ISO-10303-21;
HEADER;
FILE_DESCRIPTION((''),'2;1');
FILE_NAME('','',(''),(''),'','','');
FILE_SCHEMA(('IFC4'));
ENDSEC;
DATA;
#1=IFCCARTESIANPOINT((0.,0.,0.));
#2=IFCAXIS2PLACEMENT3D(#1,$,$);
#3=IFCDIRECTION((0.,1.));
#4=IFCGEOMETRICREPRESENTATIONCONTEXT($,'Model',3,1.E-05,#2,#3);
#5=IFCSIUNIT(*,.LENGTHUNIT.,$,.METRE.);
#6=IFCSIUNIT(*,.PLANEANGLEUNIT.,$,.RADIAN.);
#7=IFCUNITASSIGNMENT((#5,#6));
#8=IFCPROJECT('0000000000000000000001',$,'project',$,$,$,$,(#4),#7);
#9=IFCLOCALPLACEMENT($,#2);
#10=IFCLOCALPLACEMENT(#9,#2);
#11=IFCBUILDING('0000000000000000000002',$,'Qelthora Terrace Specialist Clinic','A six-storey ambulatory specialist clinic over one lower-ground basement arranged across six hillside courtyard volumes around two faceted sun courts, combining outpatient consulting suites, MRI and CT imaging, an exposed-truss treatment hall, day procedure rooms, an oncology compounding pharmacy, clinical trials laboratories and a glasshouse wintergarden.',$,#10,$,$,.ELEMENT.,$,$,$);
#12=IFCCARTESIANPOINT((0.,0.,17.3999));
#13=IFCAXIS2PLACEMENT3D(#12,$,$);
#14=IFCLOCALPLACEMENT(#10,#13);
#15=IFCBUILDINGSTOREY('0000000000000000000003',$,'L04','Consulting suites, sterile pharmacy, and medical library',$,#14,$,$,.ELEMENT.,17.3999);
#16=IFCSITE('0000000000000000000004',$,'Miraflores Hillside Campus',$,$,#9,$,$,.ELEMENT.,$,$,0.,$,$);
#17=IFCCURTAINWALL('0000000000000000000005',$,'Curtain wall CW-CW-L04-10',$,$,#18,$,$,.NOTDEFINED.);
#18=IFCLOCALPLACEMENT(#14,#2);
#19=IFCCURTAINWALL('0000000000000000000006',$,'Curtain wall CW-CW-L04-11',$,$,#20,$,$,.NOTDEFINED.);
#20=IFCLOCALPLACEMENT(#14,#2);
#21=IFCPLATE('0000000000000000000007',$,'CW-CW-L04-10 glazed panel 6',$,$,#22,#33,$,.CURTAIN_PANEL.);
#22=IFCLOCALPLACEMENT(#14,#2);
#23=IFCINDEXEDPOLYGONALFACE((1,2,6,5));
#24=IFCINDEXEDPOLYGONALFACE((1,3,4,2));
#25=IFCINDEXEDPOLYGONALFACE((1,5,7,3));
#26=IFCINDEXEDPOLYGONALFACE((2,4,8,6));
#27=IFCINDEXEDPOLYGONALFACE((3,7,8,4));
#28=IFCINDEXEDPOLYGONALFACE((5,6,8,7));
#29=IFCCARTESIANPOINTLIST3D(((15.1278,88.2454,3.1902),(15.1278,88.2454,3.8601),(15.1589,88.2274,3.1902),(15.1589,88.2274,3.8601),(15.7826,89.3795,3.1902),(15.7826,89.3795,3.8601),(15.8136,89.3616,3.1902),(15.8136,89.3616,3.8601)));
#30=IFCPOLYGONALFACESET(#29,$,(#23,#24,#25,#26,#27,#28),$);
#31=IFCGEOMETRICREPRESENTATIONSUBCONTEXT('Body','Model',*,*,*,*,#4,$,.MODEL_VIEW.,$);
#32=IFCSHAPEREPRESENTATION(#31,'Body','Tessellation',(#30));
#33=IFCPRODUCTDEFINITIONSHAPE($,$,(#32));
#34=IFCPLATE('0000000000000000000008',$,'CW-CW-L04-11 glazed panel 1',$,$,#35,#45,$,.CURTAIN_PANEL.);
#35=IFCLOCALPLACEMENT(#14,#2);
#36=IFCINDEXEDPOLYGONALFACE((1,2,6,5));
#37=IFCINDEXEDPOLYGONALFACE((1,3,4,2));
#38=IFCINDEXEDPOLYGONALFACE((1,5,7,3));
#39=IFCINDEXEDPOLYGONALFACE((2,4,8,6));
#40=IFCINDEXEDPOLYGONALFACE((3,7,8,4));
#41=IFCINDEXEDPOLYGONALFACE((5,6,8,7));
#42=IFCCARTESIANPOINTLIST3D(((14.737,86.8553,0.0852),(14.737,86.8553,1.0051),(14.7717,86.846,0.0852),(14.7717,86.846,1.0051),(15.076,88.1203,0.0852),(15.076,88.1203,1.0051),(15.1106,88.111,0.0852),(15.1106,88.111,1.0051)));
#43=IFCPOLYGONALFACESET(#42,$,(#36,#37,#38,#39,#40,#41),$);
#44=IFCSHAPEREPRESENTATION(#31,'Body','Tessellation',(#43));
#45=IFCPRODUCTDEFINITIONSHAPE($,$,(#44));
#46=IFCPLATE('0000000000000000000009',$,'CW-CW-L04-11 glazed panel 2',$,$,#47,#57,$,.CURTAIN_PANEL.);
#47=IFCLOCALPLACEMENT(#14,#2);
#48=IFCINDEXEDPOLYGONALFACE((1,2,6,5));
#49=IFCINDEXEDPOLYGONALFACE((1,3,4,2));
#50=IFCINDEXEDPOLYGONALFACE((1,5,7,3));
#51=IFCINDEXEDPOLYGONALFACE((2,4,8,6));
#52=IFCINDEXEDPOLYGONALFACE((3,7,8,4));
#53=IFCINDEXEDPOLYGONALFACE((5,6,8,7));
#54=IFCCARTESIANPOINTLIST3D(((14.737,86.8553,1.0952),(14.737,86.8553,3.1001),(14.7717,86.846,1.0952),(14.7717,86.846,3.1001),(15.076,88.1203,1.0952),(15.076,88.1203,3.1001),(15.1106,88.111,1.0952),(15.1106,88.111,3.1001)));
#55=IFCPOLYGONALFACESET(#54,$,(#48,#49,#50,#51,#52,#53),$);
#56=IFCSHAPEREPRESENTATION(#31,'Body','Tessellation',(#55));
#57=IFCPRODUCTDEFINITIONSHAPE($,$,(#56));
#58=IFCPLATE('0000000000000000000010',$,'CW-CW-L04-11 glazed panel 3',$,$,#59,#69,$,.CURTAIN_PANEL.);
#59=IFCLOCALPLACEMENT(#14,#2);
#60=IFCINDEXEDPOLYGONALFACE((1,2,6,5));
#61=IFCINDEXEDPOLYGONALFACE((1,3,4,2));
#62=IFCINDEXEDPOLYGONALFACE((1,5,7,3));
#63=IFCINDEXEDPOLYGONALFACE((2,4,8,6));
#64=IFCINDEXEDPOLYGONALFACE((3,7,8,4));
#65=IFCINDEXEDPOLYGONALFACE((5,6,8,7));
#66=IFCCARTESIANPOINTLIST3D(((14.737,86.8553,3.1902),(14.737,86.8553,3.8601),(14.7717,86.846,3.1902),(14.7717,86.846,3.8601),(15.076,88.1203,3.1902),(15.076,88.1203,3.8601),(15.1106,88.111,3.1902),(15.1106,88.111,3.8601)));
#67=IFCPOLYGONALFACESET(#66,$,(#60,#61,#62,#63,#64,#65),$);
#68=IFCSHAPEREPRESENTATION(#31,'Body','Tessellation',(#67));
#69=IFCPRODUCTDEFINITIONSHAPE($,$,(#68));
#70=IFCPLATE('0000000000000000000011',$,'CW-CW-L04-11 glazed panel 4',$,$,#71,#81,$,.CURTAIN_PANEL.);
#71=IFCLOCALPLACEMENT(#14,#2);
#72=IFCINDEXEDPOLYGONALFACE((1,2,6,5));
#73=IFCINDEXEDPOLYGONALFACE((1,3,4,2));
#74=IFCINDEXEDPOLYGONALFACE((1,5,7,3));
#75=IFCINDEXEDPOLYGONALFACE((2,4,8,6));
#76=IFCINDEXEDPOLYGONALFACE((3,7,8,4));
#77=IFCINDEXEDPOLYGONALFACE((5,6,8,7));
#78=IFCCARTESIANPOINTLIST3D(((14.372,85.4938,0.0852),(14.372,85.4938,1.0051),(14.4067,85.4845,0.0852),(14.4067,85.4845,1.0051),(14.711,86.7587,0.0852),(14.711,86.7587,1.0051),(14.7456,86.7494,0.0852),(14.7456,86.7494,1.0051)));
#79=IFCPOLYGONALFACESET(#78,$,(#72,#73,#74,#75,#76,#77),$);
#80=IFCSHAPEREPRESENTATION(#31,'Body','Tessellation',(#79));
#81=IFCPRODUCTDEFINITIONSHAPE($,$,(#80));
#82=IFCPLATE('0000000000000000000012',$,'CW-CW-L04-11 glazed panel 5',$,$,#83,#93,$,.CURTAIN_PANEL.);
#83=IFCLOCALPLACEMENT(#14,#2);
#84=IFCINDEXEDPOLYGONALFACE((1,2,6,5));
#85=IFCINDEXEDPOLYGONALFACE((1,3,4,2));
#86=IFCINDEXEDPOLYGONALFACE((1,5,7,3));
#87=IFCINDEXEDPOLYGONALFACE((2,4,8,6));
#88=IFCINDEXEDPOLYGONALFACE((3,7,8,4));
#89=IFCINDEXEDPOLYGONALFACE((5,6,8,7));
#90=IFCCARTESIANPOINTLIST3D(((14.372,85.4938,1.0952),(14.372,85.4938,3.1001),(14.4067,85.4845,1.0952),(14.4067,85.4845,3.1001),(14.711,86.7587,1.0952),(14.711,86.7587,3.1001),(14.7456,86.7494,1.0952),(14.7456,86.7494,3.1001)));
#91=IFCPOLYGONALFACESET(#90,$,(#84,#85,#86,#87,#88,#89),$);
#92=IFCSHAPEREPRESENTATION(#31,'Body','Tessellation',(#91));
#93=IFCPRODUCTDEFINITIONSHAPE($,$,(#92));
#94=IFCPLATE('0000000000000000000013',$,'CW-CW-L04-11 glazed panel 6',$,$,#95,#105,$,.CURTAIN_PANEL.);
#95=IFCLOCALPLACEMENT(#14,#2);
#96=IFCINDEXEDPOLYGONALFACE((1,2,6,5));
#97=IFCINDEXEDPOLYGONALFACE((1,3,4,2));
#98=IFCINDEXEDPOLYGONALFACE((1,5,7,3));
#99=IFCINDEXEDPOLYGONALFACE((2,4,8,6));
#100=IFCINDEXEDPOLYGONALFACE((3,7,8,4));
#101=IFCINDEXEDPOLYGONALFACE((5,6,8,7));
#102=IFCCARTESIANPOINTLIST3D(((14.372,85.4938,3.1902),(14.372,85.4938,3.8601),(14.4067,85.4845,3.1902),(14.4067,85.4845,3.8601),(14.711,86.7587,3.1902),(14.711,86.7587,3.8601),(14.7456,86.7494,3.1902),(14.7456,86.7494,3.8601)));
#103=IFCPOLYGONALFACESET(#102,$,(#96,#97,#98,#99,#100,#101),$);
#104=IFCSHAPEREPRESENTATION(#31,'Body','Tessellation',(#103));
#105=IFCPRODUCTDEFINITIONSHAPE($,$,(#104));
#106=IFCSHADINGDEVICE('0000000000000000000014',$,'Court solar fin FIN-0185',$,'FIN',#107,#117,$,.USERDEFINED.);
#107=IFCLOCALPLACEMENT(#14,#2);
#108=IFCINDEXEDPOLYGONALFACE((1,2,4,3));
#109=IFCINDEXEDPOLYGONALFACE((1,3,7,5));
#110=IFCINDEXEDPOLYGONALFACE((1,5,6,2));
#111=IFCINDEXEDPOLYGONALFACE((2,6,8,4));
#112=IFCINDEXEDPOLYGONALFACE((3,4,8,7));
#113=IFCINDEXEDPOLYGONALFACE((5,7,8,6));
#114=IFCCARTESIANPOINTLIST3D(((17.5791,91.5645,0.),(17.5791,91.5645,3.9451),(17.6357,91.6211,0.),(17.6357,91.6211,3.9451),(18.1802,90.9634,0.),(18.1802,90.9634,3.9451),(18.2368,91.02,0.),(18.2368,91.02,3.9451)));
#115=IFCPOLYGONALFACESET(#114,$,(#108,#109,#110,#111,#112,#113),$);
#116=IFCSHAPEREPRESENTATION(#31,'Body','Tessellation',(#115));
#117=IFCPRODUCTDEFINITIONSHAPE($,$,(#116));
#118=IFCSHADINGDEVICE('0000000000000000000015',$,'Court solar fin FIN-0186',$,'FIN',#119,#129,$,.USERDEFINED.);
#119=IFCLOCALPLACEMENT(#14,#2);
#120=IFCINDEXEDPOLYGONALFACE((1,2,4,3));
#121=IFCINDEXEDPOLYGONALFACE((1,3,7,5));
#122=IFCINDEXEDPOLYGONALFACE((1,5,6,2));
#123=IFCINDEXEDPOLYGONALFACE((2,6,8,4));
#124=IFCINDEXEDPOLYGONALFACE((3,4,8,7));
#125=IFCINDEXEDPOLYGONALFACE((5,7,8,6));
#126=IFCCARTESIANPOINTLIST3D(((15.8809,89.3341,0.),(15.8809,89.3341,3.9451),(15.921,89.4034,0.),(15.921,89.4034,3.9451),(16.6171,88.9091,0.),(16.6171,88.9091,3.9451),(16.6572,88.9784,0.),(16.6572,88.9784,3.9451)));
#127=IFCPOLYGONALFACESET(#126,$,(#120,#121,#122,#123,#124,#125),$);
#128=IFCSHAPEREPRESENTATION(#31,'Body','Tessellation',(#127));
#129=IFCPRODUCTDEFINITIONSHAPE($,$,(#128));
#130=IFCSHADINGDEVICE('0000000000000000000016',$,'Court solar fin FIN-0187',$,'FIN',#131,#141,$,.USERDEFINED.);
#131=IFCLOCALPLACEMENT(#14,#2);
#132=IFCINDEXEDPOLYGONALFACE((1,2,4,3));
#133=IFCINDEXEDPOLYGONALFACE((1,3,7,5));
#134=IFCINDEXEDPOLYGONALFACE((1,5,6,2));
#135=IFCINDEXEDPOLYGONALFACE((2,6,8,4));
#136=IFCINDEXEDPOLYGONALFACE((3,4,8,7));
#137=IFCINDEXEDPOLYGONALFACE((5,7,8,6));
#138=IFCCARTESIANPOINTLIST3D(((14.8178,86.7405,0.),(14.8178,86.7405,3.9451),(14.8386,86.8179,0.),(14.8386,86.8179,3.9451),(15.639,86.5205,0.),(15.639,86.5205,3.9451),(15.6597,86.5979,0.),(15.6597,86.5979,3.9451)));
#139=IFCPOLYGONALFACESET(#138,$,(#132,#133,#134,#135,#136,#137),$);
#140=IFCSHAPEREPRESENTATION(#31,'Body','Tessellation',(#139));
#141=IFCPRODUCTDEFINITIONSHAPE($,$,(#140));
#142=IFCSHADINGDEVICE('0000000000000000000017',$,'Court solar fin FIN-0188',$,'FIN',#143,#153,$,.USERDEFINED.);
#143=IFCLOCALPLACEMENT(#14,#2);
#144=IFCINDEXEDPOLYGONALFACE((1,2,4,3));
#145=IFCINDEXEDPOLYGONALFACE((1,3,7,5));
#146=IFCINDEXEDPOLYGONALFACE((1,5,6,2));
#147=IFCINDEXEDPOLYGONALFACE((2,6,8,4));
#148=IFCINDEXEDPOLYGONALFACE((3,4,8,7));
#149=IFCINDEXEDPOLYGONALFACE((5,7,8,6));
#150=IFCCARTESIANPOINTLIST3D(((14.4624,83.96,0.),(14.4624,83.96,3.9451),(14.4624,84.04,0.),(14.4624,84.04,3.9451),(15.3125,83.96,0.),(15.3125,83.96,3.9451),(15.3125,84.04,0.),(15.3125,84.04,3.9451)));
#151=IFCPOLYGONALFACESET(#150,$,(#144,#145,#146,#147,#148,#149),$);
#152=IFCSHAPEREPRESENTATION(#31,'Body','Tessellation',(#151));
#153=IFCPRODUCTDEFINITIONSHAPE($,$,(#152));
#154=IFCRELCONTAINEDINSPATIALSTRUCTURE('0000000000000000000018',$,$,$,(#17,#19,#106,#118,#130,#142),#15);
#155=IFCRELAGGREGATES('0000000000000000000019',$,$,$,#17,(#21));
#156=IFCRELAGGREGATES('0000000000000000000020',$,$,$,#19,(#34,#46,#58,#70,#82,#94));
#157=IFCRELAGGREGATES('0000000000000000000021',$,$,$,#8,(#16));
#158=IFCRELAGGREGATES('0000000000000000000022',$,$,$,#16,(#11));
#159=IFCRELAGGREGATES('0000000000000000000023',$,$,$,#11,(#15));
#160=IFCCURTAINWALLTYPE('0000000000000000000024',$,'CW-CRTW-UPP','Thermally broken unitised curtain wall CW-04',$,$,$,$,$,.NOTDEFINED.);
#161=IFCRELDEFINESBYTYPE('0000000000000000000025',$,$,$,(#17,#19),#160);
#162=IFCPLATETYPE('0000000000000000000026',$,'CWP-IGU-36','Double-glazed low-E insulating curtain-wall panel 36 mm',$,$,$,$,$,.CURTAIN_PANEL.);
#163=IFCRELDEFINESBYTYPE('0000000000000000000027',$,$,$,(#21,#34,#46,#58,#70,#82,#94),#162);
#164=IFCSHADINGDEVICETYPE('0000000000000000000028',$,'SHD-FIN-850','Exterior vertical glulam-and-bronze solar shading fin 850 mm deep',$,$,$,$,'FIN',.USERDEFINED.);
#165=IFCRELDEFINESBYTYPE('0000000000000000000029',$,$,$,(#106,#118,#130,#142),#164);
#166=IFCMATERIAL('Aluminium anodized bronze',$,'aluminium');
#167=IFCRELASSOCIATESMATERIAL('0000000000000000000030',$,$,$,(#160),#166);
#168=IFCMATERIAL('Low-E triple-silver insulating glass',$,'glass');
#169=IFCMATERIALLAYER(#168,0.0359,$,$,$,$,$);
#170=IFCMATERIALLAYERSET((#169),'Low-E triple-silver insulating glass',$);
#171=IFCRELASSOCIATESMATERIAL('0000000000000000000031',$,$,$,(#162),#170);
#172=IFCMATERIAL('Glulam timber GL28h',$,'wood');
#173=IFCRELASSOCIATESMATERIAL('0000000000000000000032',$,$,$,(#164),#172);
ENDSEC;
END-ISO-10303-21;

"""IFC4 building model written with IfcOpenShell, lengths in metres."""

from ifc_helpers import new_model, si_unit, direction, frame, origin, origin_2d, place, context, subcontext, project, spatial, rectangle, extrude, material, layer, layer_set, type_object, element, aggregate, save


model = new_model("IFC4")

# Units and contexts
model_context = context("Model", 3, precision=1e-05, world=origin(), true_north=direction((0.0, 1.0)))
body_context = subcontext(model_context, "Body", "Model", "MODEL_VIEW")
ifc_project = project(units=[si_unit("LENGTHUNIT", "METRE"), si_unit("PLANEANGLEUNIT", "RADIAN")], contexts=[model_context])

# Site, building, storey
site_placement = place(None, origin())
site = spatial("IfcSite", under=ifc_project, at=site_placement, Name="Miraflores Hillside Campus", CompositionType="ELEMENT", RefElevation=0.0)
building_placement = place(site_placement, origin())
building = spatial("IfcBuilding", under=site, at=building_placement, Name="Qelthora Terrace Specialist Clinic", Description="A six-storey ambulatory specialist clinic over one lower-ground basement arranged across six hillside courtyard volumes around two faceted sun courts, combining outpatient consulting suites, MRI and CT imaging, an exposed-truss treatment hall, day procedure rooms, an oncology compounding pharmacy, clinical trials laboratories and a glasshouse wintergarden.", CompositionType="ELEMENT")
storey_placement = place(building_placement, frame((0.0, 0.0, 17.3999)))
storey = spatial("IfcBuildingStorey", under=building, at=storey_placement, Name="L04", Description="Consulting suites, sterile pharmacy, and medical library", CompositionType="ELEMENT", Elevation=17.3999)

# Curtain walls
ifc_material_1 = material(Name="Aluminium anodized bronze", Category="aluminium")
curtain_wall_type = type_object("IfcCurtainWallType", Name="CW-CRTW-UPP", Description="Thermally broken unitised curtain wall CW-04", PredefinedType="NOTDEFINED", material=ifc_material_1)
curtain_wall_1_placement = place(storey_placement, origin())
curtain_wall_1 = element("IfcCurtainWall", 1, at=curtain_wall_1_placement, inside=storey, type_object=curtain_wall_type, Name="Curtain wall CW-CW-L04-10", PredefinedType="NOTDEFINED")
curtain_wall_2_placement = place(storey_placement, origin())
curtain_wall_2 = element("IfcCurtainWall", 2, at=curtain_wall_2_placement, inside=storey, type_object=curtain_wall_type, Name="Curtain wall CW-CW-L04-11", PredefinedType="NOTDEFINED")

# Plates
ifc_material_2 = material(Name="Low-E triple-silver insulating glass", Category="glass")
ifc_layer = layer(ifc_material_2, 0.0359)
ifc_layer_set = layer_set([ifc_layer], Name="Low-E triple-silver insulating glass")
plate_type = type_object("IfcPlateType", Name="CWP-IGU-36", Description="Double-glazed low-E insulating curtain-wall panel 36 mm", PredefinedType="CURTAIN_PANEL", material=ifc_layer_set)
plate_1_placement = place(storey_placement, frame((15.4707, 88.8035, 3.1902), z_axis=(0.0, 0.0, 1.0), x_axis=(-0.5, -0.866025, 0.0)))
plate_1 = element("IfcPlate", 3, at=plate_1_placement, type_object=plate_type, Name="CW-CW-L04-10 glazed panel 6", PredefinedType="CURTAIN_PANEL", context=body_context, shape_type="SweptSolid", body=[
    extrude(rectangle(XDim=1.3096, YDim=0.0359, at=origin_2d()), origin(), (0.0, 0.0, 1.0), 0.6699),
])
aggregate(curtain_wall_1, [plate_1])
plate_2_placement = place(storey_placement, frame((14.9238, 87.4832, 0.0852), z_axis=(0.0, 0.0, 1.0), x_axis=(-0.258821, -0.965925, 0.0)))
plate_2 = element("IfcPlate", 4, at=plate_2_placement, type_object=plate_type, Name="CW-CW-L04-11 glazed panel 1", PredefinedType="CURTAIN_PANEL", context=body_context, shape_type="SweptSolid", body=[
    extrude(rectangle(XDim=1.3096, YDim=0.0359, at=origin_2d()), origin(), (0.0, 0.0, 1.0), 0.9199),
])
plate_3_placement = place(storey_placement, frame((14.9238, 87.4832, 1.0952), z_axis=(0.0, 0.0, 1.0), x_axis=(-0.258821, -0.965925, 0.0)))
plate_3 = element("IfcPlate", 5, at=plate_3_placement, type_object=plate_type, Name="CW-CW-L04-11 glazed panel 2", PredefinedType="CURTAIN_PANEL", context=body_context, shape_type="SweptSolid", body=[
    extrude(rectangle(XDim=1.3096, YDim=0.0359, at=origin_2d()), origin(), (0.0, 0.0, 1.0), 2.0049),
])
plate_4_placement = place(storey_placement, frame((14.9238, 87.4832, 3.1902), z_axis=(0.0, 0.0, 1.0), x_axis=(-0.258821, -0.965925, 0.0)))
plate_4 = element("IfcPlate", 6, at=plate_4_placement, type_object=plate_type, Name="CW-CW-L04-11 glazed panel 3", PredefinedType="CURTAIN_PANEL", context=body_context, shape_type="SweptSolid", body=[
    extrude(rectangle(XDim=1.3096, YDim=0.0359, at=origin_2d()), origin(), (0.0, 0.0, 1.0), 0.6699),
])
plate_5_placement = place(storey_placement, frame((14.5588, 86.1216, 0.0852), z_axis=(0.0, 0.0, 1.0), x_axis=(-0.258821, -0.965925, 0.0)))
plate_5 = element("IfcPlate", 7, at=plate_5_placement, type_object=plate_type, Name="CW-CW-L04-11 glazed panel 4", PredefinedType="CURTAIN_PANEL", context=body_context, shape_type="SweptSolid", body=[
    extrude(rectangle(XDim=1.3096, YDim=0.0359, at=origin_2d()), origin(), (0.0, 0.0, 1.0), 0.9199),
])
plate_6_placement = place(storey_placement, frame((14.5588, 86.1216, 1.0952), z_axis=(0.0, 0.0, 1.0), x_axis=(-0.258821, -0.965925, 0.0)))
plate_6 = element("IfcPlate", 8, at=plate_6_placement, type_object=plate_type, Name="CW-CW-L04-11 glazed panel 5", PredefinedType="CURTAIN_PANEL", context=body_context, shape_type="SweptSolid", body=[
    extrude(rectangle(XDim=1.3096, YDim=0.0359, at=origin_2d()), origin(), (0.0, 0.0, 1.0), 2.0049),
])
plate_7_placement = place(storey_placement, frame((14.5588, 86.1216, 3.1902), z_axis=(0.0, 0.0, 1.0), x_axis=(-0.258821, -0.965925, 0.0)))
plate_7 = element("IfcPlate", 9, at=plate_7_placement, type_object=plate_type, Name="CW-CW-L04-11 glazed panel 6", PredefinedType="CURTAIN_PANEL", context=body_context, shape_type="SweptSolid", body=[
    extrude(rectangle(XDim=1.3096, YDim=0.0359, at=origin_2d()), origin(), (0.0, 0.0, 1.0), 0.6699),
])
aggregate(curtain_wall_2, [plate_2, plate_3, plate_4, plate_5, plate_6, plate_7])

# Shading devices
ifc_material_3 = material(Name="Glulam timber GL28h", Category="wood")
shading_device_type = type_object("IfcShadingDeviceType", Name="SHD-FIN-850", Description="Exterior vertical glulam-and-bronze solar shading fin 850 mm deep", ElementType="FIN", PredefinedType="USERDEFINED", material=ifc_material_3)
for number, where, z_axis, x_axis, name in (
    (10, (17.908, 91.2922, 0.0), (0.0, 0.0, 1.0), (0.707107, -0.707107, 0.0), "Court solar fin FIN-0185"),
    (11, (16.269, 89.1562, 0.0), (0.0, 0.0, 1.0), (0.866025, -0.5, 0.0), "Court solar fin FIN-0186"),
    (12, (15.2388, 86.6692, 0.0), (0.0, 0.0, 1.0), (0.965926, -0.258819, 0.0), "Court solar fin FIN-0187"),
    (13, (14.8875, 84.0, 0.0), (0.0, 0.0, 1.0), (1.0, 0.0, 0.0), "Court solar fin FIN-0188"),
):
    element("IfcShadingDevice", number, at=place(storey_placement, frame(where, z_axis=z_axis, x_axis=x_axis)), inside=storey, type_object=shading_device_type, Name=name, ObjectType="FIN", PredefinedType="USERDEFINED", context=body_context, shape_type="SweptSolid", body=[
        extrude(rectangle(XDim=0.8501, YDim=0.0801, at=origin_2d()), origin(), (0.0, 0.0, 1.0), 3.9451),
    ])

save(model, "model.ifc")
